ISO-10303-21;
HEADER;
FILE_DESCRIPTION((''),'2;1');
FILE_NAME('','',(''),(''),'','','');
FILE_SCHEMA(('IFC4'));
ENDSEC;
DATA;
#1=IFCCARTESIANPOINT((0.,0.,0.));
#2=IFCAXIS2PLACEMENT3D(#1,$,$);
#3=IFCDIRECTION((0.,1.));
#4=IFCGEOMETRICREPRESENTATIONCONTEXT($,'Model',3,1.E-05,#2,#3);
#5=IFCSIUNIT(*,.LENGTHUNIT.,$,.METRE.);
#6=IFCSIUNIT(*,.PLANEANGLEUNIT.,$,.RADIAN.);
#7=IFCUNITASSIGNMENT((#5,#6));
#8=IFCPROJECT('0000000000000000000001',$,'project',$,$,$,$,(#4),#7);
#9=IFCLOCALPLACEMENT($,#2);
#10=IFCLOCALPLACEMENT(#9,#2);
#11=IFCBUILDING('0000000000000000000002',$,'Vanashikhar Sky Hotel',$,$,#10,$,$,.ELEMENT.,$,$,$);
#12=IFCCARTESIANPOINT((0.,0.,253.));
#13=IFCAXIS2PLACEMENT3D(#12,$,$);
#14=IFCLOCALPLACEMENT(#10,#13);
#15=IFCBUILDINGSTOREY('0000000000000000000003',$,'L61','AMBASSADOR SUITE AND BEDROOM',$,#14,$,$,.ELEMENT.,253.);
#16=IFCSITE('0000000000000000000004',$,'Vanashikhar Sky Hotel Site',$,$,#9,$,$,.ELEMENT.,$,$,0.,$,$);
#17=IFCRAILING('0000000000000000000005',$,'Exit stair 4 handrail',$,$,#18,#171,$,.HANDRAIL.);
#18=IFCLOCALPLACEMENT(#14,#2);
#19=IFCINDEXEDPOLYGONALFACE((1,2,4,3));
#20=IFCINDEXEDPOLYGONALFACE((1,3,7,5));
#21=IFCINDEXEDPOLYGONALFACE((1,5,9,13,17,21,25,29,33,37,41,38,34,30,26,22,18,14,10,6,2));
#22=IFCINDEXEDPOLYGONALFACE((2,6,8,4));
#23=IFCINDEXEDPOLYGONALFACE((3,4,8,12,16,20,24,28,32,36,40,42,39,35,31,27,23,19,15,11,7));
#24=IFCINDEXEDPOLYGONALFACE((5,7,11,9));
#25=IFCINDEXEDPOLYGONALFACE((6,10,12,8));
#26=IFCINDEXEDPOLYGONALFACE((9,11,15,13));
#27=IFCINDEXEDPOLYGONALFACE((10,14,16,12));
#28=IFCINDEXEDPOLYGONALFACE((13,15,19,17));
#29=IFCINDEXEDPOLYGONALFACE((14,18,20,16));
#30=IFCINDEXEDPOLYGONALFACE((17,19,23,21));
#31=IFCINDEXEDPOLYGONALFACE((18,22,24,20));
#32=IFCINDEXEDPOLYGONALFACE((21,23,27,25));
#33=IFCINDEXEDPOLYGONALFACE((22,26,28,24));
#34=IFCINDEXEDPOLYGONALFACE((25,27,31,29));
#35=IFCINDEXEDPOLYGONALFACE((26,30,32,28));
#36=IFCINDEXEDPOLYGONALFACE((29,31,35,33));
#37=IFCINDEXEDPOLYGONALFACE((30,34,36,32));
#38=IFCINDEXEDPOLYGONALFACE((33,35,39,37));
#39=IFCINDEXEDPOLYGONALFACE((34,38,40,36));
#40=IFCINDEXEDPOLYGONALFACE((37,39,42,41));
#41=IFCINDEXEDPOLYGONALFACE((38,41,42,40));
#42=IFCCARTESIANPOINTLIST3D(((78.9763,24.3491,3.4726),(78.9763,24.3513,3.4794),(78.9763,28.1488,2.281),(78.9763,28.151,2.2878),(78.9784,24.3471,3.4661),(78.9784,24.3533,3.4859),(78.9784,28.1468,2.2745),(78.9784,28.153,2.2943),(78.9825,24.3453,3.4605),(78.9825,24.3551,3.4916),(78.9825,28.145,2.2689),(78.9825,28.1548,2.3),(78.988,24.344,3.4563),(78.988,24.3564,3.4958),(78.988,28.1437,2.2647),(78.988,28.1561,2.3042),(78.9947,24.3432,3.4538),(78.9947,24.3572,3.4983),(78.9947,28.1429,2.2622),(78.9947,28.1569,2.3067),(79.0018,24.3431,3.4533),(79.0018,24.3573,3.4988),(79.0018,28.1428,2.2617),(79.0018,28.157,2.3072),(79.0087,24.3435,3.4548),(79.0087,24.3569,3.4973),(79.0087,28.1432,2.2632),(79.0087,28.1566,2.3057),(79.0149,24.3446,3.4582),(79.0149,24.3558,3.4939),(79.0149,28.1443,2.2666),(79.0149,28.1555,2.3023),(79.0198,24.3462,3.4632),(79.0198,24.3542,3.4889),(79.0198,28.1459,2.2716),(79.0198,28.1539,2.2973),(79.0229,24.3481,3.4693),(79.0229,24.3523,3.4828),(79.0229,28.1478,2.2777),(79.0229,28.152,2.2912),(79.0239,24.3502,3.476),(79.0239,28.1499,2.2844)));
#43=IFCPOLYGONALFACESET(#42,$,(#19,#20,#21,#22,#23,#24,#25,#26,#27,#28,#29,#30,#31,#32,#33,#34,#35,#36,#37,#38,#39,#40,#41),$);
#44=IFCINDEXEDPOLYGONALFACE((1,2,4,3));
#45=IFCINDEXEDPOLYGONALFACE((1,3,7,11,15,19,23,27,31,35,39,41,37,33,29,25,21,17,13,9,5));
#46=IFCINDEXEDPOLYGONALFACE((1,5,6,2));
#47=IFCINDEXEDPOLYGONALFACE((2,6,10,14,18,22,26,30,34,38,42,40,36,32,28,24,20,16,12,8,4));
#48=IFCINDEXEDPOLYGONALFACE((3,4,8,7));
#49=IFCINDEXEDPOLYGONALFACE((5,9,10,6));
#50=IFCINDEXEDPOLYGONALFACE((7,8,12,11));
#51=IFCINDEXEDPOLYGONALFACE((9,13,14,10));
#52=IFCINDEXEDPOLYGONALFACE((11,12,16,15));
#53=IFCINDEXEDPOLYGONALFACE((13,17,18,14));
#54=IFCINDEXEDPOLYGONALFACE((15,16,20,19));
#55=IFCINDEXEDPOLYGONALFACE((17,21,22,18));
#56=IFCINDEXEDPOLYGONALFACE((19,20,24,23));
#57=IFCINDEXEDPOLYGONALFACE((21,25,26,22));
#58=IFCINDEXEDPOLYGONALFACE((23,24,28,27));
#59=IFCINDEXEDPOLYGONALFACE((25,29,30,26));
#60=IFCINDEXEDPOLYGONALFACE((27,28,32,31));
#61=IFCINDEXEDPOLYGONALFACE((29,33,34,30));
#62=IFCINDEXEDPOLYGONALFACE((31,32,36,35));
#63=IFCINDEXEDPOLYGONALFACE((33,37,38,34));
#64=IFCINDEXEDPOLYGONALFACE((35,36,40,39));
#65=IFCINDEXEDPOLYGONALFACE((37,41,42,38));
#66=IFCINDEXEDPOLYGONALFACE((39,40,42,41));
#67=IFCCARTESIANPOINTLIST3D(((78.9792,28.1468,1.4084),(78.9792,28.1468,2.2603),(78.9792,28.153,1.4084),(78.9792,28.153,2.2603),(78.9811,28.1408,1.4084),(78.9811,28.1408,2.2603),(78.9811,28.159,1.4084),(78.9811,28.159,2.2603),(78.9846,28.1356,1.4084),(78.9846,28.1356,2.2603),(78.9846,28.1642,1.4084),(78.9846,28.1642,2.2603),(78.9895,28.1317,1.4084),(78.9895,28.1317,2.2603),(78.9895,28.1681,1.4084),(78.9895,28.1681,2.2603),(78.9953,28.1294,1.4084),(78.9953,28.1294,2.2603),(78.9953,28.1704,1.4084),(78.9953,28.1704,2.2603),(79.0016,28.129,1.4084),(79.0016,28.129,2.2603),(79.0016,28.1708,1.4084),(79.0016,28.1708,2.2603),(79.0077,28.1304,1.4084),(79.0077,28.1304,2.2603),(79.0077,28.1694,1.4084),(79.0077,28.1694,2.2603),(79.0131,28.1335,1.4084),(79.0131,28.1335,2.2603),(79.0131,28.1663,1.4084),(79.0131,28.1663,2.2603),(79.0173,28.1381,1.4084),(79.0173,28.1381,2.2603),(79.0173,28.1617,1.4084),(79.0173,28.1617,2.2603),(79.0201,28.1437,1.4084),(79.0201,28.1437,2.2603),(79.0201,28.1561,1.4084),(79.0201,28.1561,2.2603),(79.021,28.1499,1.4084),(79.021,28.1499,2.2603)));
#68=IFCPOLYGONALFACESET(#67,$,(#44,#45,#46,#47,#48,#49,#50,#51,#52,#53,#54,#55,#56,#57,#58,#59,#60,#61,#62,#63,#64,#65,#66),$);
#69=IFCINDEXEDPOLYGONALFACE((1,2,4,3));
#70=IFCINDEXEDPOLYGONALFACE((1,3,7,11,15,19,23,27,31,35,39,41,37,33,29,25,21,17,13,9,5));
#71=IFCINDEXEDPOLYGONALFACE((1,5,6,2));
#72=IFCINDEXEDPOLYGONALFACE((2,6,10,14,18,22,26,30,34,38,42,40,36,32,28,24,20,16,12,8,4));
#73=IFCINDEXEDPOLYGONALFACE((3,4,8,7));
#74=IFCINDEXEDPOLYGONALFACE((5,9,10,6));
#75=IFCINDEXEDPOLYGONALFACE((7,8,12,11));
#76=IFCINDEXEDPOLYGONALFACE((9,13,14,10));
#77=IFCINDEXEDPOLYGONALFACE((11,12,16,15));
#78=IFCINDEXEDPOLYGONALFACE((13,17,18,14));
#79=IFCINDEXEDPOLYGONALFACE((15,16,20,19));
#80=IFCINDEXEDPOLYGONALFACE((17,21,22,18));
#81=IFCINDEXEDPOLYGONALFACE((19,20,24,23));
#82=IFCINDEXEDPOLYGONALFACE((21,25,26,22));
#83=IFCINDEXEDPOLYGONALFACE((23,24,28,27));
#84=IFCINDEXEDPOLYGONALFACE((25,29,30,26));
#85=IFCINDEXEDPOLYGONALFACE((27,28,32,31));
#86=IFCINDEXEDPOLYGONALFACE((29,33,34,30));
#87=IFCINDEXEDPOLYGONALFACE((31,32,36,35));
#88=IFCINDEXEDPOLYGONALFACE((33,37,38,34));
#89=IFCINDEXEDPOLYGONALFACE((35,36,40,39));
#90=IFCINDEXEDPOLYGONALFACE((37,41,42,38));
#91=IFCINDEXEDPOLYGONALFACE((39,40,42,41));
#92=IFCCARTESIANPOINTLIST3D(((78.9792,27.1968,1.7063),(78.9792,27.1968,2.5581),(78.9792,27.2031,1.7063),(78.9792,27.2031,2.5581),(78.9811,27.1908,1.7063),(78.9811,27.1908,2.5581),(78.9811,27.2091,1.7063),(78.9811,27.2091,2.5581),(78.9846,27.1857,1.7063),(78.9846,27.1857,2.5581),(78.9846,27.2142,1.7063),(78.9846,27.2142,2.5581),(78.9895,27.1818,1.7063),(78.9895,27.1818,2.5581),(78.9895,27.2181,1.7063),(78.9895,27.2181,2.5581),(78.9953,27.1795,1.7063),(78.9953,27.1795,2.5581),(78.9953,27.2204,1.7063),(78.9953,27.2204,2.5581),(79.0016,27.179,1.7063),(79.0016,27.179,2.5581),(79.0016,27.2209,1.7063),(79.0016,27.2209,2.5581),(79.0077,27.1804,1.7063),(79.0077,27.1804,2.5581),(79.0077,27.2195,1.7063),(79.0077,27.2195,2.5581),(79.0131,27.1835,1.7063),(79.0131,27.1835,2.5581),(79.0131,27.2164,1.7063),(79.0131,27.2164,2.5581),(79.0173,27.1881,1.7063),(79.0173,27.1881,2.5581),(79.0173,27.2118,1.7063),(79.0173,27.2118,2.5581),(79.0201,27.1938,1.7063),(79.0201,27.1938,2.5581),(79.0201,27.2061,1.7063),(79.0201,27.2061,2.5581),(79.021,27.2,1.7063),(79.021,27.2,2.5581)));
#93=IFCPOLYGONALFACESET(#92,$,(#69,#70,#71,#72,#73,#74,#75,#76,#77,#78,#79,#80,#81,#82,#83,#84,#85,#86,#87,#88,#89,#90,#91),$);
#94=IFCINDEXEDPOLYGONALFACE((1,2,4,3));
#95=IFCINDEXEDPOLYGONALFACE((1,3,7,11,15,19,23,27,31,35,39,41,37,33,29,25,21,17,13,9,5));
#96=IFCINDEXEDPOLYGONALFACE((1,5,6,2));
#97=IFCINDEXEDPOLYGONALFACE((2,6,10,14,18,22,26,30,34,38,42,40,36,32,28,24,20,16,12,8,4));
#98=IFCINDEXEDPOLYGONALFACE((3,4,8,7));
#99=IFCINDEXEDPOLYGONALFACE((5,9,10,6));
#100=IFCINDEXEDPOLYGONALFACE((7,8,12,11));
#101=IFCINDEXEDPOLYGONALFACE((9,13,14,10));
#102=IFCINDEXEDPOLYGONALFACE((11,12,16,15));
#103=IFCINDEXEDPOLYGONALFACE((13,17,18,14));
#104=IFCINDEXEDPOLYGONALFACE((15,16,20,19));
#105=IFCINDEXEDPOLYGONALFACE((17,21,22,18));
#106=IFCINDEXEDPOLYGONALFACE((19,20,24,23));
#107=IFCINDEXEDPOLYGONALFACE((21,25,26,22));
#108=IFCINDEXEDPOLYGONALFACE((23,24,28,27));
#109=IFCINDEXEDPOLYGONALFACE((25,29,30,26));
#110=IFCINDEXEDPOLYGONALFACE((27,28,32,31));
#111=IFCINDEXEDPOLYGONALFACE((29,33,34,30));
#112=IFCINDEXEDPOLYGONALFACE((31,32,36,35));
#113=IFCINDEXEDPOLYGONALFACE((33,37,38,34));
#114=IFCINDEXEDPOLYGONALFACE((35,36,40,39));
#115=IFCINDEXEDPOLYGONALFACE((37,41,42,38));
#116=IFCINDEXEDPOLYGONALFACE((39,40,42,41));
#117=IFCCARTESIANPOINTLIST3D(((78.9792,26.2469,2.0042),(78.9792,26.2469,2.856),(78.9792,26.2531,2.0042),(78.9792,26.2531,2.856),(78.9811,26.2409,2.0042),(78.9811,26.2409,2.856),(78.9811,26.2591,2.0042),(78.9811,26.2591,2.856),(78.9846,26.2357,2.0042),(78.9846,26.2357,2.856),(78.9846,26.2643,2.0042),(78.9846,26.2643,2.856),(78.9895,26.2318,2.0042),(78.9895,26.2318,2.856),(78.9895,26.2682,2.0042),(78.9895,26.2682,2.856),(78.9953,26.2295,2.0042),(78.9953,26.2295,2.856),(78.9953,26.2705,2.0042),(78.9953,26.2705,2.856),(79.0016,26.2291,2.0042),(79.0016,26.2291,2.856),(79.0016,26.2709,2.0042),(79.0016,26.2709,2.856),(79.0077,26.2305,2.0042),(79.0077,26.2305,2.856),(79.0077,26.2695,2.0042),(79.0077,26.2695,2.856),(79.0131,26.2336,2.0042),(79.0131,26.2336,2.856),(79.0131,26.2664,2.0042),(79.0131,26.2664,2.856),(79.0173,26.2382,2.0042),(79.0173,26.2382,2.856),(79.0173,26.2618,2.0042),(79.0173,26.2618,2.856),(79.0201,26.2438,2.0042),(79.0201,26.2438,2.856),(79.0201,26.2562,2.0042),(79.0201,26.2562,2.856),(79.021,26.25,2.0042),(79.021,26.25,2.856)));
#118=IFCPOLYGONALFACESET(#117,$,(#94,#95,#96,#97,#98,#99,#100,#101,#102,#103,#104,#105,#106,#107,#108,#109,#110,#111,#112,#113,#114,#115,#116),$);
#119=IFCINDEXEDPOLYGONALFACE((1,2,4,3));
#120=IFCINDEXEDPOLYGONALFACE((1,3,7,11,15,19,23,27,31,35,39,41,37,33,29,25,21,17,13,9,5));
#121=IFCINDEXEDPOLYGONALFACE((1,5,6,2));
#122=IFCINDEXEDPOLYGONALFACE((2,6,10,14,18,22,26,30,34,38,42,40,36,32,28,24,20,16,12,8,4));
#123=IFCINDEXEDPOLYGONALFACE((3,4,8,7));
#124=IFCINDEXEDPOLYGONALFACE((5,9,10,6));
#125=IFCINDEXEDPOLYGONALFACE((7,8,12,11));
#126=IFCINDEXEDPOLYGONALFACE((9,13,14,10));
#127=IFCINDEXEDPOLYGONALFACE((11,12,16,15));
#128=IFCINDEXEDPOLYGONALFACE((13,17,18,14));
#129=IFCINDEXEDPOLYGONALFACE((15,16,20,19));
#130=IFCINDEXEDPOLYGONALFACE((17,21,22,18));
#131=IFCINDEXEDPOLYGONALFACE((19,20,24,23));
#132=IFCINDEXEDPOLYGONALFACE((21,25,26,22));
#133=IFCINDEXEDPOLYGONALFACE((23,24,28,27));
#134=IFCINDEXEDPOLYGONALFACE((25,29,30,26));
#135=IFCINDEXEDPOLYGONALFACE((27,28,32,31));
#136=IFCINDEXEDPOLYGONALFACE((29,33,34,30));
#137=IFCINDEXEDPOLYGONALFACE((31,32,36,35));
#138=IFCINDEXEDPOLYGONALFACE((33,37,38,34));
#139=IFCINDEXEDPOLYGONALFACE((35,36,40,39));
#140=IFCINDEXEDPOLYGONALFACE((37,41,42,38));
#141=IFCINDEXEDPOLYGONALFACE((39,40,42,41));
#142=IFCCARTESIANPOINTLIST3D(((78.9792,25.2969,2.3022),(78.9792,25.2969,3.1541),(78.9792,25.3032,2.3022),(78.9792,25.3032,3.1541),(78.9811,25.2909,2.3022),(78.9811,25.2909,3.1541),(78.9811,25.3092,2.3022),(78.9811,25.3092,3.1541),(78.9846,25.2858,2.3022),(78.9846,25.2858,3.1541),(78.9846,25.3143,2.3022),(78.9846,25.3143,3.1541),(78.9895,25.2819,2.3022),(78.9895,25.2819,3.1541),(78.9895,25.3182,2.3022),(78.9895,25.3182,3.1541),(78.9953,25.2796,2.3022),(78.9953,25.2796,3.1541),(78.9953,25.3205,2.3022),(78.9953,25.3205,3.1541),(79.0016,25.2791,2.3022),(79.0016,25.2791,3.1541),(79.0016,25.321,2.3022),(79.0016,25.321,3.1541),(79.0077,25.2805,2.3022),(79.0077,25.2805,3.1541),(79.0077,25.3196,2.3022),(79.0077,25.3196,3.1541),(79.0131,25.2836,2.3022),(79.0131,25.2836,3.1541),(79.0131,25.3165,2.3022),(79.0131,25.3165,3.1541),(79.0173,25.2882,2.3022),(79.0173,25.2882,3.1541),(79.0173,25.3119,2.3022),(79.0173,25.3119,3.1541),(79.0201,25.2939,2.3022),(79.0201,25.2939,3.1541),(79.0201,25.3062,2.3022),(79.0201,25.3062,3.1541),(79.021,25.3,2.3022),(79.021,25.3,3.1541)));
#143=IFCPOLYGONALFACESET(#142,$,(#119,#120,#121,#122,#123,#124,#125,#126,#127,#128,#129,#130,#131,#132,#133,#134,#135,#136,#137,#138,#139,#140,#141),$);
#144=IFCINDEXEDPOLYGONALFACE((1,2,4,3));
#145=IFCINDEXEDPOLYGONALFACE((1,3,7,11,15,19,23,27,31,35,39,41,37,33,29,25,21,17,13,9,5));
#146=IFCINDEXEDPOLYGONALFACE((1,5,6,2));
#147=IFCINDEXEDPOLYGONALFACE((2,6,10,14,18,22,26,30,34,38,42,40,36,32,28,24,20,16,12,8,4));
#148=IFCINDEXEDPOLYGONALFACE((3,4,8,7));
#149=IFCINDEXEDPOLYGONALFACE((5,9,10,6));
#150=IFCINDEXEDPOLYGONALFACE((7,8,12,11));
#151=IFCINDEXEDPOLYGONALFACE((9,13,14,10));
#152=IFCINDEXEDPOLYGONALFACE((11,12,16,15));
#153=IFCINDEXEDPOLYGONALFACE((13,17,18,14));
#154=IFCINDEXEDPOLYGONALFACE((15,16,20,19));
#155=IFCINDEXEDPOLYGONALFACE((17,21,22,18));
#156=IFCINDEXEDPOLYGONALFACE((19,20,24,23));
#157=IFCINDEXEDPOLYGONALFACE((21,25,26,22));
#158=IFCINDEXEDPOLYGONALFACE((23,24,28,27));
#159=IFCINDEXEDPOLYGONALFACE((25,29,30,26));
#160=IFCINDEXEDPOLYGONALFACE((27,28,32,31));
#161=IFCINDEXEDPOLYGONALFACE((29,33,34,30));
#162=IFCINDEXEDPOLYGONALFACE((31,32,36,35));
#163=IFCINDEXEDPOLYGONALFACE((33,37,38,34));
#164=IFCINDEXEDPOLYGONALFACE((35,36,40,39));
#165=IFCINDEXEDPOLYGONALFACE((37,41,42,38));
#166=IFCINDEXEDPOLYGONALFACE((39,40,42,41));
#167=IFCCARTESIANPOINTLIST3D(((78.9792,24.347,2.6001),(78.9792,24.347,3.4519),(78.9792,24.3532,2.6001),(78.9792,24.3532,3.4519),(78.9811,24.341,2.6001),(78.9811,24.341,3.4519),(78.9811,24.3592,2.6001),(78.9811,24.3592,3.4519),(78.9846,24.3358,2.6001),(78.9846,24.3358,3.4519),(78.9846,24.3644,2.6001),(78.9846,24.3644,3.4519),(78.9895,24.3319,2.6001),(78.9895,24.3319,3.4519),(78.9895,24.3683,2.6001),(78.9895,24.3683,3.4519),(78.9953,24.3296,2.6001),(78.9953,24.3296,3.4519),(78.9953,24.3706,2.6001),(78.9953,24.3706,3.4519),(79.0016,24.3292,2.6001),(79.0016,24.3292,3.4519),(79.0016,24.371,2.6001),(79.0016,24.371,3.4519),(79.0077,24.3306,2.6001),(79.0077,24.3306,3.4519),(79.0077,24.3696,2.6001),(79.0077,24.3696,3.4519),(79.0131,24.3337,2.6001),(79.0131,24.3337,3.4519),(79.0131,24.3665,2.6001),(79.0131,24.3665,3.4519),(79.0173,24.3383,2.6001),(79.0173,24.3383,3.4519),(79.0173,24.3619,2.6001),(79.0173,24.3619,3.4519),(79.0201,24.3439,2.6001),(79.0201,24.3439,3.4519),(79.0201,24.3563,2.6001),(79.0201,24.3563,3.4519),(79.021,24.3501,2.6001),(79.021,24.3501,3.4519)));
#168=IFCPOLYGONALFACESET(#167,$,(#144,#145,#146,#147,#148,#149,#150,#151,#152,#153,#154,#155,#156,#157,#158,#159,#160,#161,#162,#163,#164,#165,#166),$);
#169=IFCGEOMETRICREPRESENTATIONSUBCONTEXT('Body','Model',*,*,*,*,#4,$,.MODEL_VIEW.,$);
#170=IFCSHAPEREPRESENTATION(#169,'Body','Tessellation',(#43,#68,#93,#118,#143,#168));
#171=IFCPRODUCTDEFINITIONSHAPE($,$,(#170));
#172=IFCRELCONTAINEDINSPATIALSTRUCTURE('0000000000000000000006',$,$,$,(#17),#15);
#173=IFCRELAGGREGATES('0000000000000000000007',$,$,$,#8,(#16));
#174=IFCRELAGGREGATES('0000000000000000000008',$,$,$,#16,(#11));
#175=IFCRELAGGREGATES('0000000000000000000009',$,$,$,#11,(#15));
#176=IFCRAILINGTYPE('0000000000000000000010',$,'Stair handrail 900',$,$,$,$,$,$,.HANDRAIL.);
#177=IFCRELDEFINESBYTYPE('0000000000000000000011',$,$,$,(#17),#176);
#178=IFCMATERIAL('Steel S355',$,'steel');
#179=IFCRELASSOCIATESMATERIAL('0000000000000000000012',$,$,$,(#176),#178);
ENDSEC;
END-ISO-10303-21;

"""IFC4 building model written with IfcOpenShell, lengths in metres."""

from ifc_helpers import new_model, si_unit, direction, frame, origin, origin_2d, place, context, subcontext, project, spatial, circle, extrude, source, transform, mapped, material, type_object, element, save


model = new_model("IFC4")

# Units and contexts
model_context = context("Model", 3, precision=1e-05, world=origin(), true_north=direction((0.0, 1.0)))
body_context = subcontext(model_context, "Body", "Model", "MODEL_VIEW")
ifc_project = project(units=[si_unit("LENGTHUNIT", "METRE"), si_unit("PLANEANGLEUNIT", "RADIAN")], contexts=[model_context])

# Site, building, storey
site_placement = place(None, origin())
site = spatial("IfcSite", under=ifc_project, at=site_placement, Name="Vanashikhar Sky Hotel Site", CompositionType="ELEMENT", RefElevation=0.0)
building_placement = place(site_placement, origin())
building = spatial("IfcBuilding", under=site, at=building_placement, Name="Vanashikhar Sky Hotel", CompositionType="ELEMENT")
storey_placement = place(building_placement, frame((0.0, 0.0, 253.0)))
storey = spatial("IfcBuildingStorey", under=building, at=storey_placement, Name="L61", Description="AMBASSADOR SUITE AND BEDROOM", CompositionType="ELEMENT", Elevation=253.0)

# Railing
ifc_material_1 = material(Name="Steel S355", Category="steel")
railing_type_1 = type_object("IfcRailingType", Name="Stair handrail 900", PredefinedType="HANDRAIL", material=ifc_material_1)
shared_shape_1 = source(origin(), body_context, "Body", "SweptSolid", [
    extrude(circle(Radius=0.0239, at=origin_2d()), frame((0.0, 0.0, 0.876), z_axis=(0.0, -0.954178, 0.299238), x_axis=(1.0, 0.0, 0.0)), (0.0, 0.0, 1.0), 3.9822),
    extrude(circle(Radius=0.021, at=origin_2d()), origin(), (0.0, 0.0, 1.0), 0.8518),
    extrude(circle(Radius=0.021, at=origin_2d()), frame((0.0, -0.95, 0.2979)), (0.0, 0.0, 1.0), 0.8518),
    extrude(circle(Radius=0.021, at=origin_2d()), frame((0.0, -1.8999, 0.5957)), (0.0, 0.0, 1.0), 0.8518),
    extrude(circle(Radius=0.021, at=origin_2d()), frame((0.0, -2.8499, 0.8938)), (0.0, 0.0, 1.0), 0.8518),
    extrude(circle(Radius=0.021, at=origin_2d()), frame((0.0, -3.7998, 1.1917)), (0.0, 0.0, 1.0), 0.8518),
])
railing_1_placement = place(storey_placement, frame((79.0, 28.1499, 1.4084)))
element("IfcRailing", 1, at=railing_1_placement, inside=storey, type_object=railing_type_1, Name="Exit stair 4 handrail", PredefinedType="HANDRAIL", context=body_context, shape_type="MappedRepresentation", body=[
    mapped(shared_shape_1, transform((0.0, 0.0, 0.0), scale=1.0)),
])

save(model, "model.ifc")
